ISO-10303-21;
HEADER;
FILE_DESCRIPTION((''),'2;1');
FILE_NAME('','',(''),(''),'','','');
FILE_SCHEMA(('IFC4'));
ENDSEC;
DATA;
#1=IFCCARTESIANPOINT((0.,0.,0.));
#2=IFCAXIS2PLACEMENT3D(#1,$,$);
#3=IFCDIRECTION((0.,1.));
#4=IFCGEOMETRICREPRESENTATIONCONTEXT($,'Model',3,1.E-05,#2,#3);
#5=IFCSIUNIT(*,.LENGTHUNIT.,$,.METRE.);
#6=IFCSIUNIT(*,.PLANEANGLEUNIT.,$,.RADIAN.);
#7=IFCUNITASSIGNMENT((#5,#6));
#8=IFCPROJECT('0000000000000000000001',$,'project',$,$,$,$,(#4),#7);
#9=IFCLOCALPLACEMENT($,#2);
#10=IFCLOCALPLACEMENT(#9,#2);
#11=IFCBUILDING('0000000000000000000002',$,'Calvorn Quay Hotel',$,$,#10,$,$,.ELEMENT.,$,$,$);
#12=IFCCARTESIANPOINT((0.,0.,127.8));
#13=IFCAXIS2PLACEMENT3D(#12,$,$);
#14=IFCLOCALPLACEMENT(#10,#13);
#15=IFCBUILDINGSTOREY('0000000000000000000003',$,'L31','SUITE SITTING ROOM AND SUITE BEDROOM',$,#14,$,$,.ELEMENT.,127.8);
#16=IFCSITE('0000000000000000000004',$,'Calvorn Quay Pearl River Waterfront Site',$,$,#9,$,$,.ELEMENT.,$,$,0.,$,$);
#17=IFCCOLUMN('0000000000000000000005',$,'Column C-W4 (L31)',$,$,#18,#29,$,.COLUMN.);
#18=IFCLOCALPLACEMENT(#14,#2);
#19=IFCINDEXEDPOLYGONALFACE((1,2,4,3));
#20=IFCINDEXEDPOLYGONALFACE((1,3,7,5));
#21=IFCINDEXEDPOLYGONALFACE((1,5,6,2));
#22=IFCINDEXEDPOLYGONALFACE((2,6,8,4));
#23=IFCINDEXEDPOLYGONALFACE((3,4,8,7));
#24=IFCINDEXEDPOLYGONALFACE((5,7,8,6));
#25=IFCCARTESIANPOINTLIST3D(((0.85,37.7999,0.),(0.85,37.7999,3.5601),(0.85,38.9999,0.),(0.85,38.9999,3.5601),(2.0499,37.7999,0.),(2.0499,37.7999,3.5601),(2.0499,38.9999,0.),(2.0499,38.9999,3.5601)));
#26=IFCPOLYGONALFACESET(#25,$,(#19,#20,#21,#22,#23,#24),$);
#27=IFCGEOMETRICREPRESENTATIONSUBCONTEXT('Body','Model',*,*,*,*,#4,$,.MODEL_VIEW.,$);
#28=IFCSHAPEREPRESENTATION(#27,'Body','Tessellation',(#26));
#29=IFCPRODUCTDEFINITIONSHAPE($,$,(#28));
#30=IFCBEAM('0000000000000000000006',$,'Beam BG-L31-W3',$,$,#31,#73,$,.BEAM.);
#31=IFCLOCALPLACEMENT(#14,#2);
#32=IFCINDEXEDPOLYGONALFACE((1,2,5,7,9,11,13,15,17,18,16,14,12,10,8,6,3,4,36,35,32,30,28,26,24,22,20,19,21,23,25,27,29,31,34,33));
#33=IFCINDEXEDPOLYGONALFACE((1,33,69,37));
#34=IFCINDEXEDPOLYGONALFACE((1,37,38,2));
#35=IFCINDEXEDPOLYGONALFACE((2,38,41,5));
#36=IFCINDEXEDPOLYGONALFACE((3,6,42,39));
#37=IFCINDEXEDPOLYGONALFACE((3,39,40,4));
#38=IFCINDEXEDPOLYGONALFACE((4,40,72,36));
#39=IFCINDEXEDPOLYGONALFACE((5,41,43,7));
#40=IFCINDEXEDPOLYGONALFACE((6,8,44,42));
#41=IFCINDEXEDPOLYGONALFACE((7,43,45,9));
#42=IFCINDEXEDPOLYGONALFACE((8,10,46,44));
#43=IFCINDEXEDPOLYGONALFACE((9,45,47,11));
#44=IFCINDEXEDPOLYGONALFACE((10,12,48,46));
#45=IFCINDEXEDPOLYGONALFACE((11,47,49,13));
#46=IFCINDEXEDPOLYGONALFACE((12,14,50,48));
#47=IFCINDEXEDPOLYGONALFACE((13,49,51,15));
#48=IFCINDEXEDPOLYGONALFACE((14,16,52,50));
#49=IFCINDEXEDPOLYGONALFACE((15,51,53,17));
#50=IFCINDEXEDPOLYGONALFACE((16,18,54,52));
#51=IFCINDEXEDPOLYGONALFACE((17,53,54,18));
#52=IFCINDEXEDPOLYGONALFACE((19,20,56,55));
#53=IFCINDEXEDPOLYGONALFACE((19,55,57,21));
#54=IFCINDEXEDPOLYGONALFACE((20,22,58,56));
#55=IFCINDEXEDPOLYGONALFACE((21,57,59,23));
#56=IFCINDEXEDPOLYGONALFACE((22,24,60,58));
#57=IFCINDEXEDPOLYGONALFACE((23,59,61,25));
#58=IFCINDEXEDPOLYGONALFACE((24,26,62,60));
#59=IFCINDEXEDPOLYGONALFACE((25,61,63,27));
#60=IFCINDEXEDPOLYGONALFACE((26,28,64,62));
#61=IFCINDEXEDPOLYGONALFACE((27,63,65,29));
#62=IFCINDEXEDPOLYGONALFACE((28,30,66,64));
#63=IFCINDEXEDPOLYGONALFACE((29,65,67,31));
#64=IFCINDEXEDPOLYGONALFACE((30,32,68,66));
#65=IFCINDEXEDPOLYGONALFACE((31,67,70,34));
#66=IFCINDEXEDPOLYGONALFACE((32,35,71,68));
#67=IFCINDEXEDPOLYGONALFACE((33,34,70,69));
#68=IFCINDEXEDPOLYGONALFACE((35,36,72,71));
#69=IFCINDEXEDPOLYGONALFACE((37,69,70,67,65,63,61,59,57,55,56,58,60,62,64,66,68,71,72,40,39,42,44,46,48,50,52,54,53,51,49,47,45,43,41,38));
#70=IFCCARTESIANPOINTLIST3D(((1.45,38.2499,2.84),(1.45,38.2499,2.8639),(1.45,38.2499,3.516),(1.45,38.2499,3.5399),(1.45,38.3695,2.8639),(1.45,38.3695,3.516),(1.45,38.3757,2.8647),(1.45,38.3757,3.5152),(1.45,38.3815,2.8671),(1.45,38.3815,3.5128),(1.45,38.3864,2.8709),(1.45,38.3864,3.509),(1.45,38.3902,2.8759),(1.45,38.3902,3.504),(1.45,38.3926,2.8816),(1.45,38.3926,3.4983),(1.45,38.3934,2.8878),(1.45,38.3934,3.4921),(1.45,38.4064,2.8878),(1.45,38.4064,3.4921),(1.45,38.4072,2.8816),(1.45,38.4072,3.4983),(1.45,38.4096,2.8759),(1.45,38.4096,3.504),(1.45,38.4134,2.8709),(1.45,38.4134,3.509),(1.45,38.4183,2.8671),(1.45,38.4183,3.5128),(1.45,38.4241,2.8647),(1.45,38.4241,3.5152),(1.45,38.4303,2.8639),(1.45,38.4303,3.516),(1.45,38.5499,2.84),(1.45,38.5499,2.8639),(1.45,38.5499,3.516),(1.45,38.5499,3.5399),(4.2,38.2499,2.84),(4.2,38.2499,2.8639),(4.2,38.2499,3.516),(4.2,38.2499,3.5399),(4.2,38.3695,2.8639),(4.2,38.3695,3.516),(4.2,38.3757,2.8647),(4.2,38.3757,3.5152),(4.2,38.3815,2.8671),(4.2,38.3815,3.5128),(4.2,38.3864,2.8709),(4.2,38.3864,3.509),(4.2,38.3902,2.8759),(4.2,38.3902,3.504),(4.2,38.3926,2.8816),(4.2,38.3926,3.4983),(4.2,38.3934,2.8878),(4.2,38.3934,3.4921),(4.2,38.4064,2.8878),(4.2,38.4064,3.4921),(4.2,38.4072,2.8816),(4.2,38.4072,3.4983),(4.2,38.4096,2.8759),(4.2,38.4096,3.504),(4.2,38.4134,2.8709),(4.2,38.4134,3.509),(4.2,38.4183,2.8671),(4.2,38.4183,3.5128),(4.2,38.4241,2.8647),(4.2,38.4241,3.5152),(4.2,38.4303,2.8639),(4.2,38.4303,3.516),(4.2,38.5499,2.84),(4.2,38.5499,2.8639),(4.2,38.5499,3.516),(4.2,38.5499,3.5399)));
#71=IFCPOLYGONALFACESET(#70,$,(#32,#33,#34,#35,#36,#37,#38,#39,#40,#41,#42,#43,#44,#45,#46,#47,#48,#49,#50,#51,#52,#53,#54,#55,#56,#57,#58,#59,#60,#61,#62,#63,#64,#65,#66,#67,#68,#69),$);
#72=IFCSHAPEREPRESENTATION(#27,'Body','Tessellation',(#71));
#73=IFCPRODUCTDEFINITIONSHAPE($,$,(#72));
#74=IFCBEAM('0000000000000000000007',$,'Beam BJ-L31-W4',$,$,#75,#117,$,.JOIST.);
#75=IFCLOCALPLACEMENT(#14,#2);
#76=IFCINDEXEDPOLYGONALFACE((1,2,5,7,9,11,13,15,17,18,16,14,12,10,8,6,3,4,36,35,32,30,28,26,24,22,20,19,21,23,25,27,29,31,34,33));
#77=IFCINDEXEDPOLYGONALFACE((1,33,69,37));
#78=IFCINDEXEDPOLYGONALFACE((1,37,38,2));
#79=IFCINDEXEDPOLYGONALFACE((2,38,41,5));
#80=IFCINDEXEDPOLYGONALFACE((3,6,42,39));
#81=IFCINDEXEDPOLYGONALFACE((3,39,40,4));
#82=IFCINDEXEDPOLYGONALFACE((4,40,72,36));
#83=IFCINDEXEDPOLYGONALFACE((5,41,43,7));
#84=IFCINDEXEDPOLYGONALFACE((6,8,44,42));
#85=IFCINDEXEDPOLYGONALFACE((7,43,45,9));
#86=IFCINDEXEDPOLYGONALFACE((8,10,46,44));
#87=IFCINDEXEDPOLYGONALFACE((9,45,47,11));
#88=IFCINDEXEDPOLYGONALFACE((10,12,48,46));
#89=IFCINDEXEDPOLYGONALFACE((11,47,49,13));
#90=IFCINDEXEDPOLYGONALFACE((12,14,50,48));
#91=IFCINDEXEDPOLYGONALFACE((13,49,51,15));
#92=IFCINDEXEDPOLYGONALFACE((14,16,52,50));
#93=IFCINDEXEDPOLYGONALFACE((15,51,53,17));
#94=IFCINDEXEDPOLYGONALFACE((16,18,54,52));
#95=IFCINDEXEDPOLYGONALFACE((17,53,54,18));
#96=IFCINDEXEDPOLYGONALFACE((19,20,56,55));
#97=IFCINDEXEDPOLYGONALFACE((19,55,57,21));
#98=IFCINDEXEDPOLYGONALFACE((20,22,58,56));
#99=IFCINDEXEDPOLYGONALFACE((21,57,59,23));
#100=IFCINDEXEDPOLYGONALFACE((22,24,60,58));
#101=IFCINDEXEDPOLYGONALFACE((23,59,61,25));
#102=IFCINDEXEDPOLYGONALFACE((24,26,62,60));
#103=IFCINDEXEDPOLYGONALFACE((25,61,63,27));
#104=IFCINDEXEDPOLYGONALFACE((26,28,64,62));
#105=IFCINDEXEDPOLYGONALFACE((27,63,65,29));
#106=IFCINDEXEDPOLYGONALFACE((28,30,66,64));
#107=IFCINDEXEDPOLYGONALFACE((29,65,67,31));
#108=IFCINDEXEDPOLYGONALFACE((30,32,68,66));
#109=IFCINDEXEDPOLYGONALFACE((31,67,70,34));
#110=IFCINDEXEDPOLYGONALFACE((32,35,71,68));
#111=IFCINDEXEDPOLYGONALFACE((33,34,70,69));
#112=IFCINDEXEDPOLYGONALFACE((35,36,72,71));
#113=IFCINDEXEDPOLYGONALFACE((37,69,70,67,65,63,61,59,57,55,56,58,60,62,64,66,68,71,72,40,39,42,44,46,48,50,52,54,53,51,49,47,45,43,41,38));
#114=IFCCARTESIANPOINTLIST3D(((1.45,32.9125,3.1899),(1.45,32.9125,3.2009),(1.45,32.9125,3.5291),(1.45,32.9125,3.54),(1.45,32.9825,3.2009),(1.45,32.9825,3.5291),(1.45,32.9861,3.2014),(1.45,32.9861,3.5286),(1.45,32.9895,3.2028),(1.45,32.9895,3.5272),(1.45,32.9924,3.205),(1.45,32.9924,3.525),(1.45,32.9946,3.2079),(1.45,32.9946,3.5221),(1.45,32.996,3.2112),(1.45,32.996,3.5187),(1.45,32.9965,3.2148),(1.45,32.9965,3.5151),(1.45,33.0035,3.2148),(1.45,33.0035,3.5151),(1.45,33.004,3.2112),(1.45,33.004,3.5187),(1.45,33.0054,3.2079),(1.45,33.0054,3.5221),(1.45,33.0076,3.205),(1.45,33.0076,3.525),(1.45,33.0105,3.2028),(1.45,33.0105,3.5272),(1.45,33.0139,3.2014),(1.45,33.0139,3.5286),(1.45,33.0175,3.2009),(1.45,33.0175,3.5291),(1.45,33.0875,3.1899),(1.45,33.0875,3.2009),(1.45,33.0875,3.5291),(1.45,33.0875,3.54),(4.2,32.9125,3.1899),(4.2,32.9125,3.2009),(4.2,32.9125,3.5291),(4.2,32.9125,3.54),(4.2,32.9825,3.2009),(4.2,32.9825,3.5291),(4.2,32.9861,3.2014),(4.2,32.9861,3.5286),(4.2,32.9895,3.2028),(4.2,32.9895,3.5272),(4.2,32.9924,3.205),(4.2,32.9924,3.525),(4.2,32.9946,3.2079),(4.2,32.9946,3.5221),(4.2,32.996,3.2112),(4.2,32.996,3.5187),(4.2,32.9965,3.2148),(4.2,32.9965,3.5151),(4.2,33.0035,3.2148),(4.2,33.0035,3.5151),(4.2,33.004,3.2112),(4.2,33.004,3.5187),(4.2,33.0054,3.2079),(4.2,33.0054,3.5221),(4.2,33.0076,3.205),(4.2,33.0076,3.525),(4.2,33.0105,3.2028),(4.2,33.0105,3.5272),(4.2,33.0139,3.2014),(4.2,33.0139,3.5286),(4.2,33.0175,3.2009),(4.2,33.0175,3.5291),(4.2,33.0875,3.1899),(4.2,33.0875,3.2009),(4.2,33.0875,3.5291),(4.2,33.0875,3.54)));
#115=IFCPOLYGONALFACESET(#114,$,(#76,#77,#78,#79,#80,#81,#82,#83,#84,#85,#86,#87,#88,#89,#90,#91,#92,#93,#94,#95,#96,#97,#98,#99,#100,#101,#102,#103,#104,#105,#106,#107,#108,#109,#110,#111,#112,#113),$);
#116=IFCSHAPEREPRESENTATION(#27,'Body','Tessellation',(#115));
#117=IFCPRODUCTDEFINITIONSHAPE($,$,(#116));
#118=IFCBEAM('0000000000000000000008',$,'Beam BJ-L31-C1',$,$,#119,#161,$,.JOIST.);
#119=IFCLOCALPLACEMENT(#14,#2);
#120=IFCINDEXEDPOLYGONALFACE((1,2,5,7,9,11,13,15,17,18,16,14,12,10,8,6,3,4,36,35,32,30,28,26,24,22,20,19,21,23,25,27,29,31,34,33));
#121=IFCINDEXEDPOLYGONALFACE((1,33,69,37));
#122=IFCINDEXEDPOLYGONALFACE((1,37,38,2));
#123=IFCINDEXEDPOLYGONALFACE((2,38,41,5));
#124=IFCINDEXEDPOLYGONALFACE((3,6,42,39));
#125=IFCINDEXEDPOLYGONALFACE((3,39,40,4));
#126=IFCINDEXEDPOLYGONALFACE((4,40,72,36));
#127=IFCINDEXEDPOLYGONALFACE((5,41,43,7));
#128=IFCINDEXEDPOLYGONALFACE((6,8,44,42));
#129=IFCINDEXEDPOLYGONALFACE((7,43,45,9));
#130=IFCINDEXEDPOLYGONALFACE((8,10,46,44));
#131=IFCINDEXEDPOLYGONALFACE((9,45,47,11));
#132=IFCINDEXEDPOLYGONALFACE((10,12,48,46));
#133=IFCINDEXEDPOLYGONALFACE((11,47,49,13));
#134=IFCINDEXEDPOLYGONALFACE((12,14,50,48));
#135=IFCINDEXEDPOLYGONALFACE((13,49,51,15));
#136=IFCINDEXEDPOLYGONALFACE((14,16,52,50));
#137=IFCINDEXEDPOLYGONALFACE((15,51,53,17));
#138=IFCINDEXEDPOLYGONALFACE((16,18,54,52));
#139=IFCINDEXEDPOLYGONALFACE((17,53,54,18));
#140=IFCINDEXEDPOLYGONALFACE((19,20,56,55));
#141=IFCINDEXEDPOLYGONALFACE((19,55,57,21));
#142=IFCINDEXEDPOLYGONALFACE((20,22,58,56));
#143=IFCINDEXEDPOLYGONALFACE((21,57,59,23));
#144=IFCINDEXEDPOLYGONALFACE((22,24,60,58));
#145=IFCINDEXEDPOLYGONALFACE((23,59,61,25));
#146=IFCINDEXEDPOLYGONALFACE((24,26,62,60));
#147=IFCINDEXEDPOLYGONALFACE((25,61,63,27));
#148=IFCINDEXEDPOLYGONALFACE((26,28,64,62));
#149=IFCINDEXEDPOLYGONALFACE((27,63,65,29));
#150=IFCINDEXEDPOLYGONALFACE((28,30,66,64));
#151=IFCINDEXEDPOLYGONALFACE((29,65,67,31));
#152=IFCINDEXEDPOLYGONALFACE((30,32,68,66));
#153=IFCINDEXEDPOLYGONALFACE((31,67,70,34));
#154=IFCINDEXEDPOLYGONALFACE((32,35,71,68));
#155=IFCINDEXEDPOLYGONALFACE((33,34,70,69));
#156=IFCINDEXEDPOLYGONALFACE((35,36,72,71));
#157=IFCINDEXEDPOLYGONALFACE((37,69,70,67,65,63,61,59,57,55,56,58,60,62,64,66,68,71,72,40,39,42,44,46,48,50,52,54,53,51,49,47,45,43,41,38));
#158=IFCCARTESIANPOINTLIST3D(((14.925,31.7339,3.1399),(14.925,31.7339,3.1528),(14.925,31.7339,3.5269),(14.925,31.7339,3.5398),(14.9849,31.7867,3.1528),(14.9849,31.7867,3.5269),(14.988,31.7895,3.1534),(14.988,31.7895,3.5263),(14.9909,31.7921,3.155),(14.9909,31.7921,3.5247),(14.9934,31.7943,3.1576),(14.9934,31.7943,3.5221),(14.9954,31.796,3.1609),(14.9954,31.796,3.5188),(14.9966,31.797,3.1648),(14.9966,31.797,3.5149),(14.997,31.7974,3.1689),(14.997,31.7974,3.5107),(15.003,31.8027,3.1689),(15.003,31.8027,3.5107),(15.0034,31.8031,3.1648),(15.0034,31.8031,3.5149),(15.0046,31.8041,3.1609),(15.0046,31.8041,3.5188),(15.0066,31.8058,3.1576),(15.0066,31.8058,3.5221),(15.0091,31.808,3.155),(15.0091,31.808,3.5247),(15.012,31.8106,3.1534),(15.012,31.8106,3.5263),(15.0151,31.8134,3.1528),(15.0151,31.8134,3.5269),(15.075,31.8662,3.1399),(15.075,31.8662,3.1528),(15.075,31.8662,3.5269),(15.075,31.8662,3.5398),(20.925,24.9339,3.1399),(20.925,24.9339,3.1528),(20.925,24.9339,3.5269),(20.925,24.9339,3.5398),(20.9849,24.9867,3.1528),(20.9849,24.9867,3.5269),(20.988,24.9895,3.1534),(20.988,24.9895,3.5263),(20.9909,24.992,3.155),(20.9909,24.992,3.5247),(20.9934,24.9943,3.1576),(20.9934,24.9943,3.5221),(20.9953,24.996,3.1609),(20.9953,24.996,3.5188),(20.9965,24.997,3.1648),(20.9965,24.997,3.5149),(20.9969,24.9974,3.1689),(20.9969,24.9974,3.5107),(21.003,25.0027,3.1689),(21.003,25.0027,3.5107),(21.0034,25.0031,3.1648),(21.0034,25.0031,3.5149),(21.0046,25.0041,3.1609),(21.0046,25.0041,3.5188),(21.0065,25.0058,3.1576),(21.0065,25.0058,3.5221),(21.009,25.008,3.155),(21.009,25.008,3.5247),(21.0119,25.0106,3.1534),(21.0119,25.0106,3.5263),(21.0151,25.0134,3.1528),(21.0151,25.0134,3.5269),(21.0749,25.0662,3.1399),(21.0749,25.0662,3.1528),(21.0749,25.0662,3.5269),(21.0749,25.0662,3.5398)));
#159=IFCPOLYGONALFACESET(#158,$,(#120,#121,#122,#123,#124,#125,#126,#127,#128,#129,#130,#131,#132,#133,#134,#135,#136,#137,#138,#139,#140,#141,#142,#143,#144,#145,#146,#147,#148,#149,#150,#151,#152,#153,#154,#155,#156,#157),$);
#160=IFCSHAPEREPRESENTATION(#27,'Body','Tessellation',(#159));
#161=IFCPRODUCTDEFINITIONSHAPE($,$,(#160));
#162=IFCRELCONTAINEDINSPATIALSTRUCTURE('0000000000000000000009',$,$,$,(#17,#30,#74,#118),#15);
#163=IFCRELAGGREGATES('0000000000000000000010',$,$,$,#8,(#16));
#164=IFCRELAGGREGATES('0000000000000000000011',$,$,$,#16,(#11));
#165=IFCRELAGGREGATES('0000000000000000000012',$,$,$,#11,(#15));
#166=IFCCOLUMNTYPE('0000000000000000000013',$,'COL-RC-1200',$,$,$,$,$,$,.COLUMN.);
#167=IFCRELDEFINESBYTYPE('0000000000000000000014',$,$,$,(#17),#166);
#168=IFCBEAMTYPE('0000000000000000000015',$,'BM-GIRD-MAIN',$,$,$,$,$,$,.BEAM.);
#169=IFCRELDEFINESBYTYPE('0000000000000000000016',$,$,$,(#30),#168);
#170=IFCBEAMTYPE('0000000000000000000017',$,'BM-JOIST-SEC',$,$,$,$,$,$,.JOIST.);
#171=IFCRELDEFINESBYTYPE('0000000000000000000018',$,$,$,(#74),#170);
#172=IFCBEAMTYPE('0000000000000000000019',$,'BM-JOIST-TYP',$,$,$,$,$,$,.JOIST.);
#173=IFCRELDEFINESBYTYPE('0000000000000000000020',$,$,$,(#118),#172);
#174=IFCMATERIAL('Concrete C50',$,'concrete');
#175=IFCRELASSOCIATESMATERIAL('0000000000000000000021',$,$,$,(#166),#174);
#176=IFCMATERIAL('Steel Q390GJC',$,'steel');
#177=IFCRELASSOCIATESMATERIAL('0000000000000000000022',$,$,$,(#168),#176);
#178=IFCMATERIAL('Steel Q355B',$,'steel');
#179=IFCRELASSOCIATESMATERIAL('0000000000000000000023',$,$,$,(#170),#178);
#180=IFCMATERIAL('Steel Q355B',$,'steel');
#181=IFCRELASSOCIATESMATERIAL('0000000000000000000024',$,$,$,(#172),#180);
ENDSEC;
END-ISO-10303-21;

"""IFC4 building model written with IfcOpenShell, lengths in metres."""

from ifc_helpers import new_model, si_unit, direction, frame, origin, origin_2d, place, context, subcontext, project, spatial, rectangle, i_section, extrude, material, material_profile, profile_set, type_object, element, save


model = new_model("IFC4")

# Units and contexts
model_context = context("Model", 3, precision=1e-05, world=origin(), true_north=direction((0.0, 1.0)))
body_context = subcontext(model_context, "Body", "Model", "MODEL_VIEW")
ifc_project = project(units=[si_unit("LENGTHUNIT", "METRE"), si_unit("PLANEANGLEUNIT", "RADIAN")], contexts=[model_context])

# Site, building, storey
site_placement = place(None, origin())
site = spatial("IfcSite", under=ifc_project, at=site_placement, Name="Calvorn Quay Pearl River Waterfront Site", CompositionType="ELEMENT", RefElevation=0.0)
building_placement = place(site_placement, origin())
building = spatial("IfcBuilding", under=site, at=building_placement, Name="Calvorn Quay Hotel", CompositionType="ELEMENT")
storey_placement = place(building_placement, frame((0.0, 0.0, 127.8)))
storey = spatial("IfcBuildingStorey", under=building, at=storey_placement, Name="L31", Description="SUITE SITTING ROOM AND SUITE BEDROOM", CompositionType="ELEMENT", Elevation=127.8)

# Column
ifc_material_1 = material(Name="Concrete C50", Category="concrete")
ifc_material_profile_1 = material_profile(ifc_material_1, rectangle(XDim=1.2, YDim=1.2, at=origin_2d()), Name="RC1200x1200")
ifc_profile_set_1 = profile_set([ifc_material_profile_1], Name="Concrete C50")
column_type = type_object("IfcColumnType", Name="COL-RC-1200", PredefinedType="COLUMN", material=ifc_profile_set_1)
column_placement = place(storey_placement, frame((1.45, 38.3999, 0.0), z_axis=(0.0, 0.0, 1.0), x_axis=(1.0, 0.0, 0.0)))
element("IfcColumn", 1, at=column_placement, inside=storey, type_object=column_type, Name="Column C-W4 (L31)", PredefinedType="COLUMN", context=body_context, shape_type="SweptSolid", body=[
    extrude(rectangle(XDim=1.2, YDim=1.2, at=origin_2d()), origin(), (0.0, 0.0, 1.0), 3.5601),
])

# Beams
ifc_material_2 = material(Name="Steel Q390GJC", Category="steel")
ifc_material_profile_2 = material_profile(ifc_material_2, i_section(OverallWidth=0.3, OverallDepth=0.7, WebThickness=0.0129, FlangeThickness=0.0239, FilletRadius=0.0239, at=origin_2d()), Name="HN700x300x13x24")
ifc_profile_set_2 = profile_set([ifc_material_profile_2], Name="Steel Q390GJC")
beam_type_1 = type_object("IfcBeamType", Name="BM-GIRD-MAIN", PredefinedType="BEAM", material=ifc_profile_set_2)
beam_1_placement = place(storey_placement, frame((1.45, 38.3999, 3.1899), z_axis=(1.0, 0.0, 0.0), x_axis=(0.0, 1.0, 0.0)))
element("IfcBeam", 2, at=beam_1_placement, inside=storey, type_object=beam_type_1, Name="Beam BG-L31-W3", PredefinedType="BEAM", context=body_context, shape_type="SweptSolid", body=[
    extrude(i_section(OverallWidth=0.3, OverallDepth=0.7, WebThickness=0.0129, FlangeThickness=0.0239, FilletRadius=0.0239, at=origin_2d()), origin(), (0.0, 0.0, 1.0), 2.75),
])
ifc_material_3 = material(Name="Steel Q355B", Category="steel")
ifc_material_profile_3 = material_profile(ifc_material_3, i_section(OverallWidth=0.175, OverallDepth=0.3501, WebThickness=0.0071, FlangeThickness=0.011, FilletRadius=0.0139, at=origin_2d()), Name="HN350x175x7x11")
ifc_profile_set_3 = profile_set([ifc_material_profile_3], Name="Steel Q355B")
beam_type_2 = type_object("IfcBeamType", Name="BM-JOIST-SEC", PredefinedType="JOIST", material=ifc_profile_set_3)
beam_2_placement = place(storey_placement, frame((1.45, 33.0, 3.365), z_axis=(1.0, 0.0, 0.0), x_axis=(0.0, 1.0, 0.0)))
element("IfcBeam", 3, at=beam_2_placement, inside=storey, type_object=beam_type_2, Name="Beam BJ-L31-W4", PredefinedType="JOIST", context=body_context, shape_type="SweptSolid", body=[
    extrude(i_section(OverallWidth=0.175, OverallDepth=0.3501, WebThickness=0.0071, FlangeThickness=0.011, FilletRadius=0.0139, at=origin_2d()), origin(), (0.0, 0.0, 1.0), 2.75),
])
ifc_material_4 = material(Name="Steel Q355B", Category="steel")
ifc_material_profile_4 = material_profile(ifc_material_4, i_section(OverallWidth=0.2, OverallDepth=0.3999, WebThickness=0.0081, FlangeThickness=0.0129, FilletRadius=0.0161, at=origin_2d()), Name="HN400x200x8x13")
ifc_profile_set_4 = profile_set([ifc_material_profile_4], Name="Steel Q355B")
beam_type_3 = type_object("IfcBeamType", Name="BM-JOIST-TYP", PredefinedType="JOIST", material=ifc_profile_set_4)
beam_3_placement = place(storey_placement, frame((15.0, 31.8, 3.3398), z_axis=(0.661619, -0.74984, 0.0), x_axis=(0.74984, 0.661619, 0.0)))
element("IfcBeam", 4, at=beam_3_placement, inside=storey, type_object=beam_type_3, Name="Beam BJ-L31-C1", PredefinedType="JOIST", context=body_context, shape_type="SweptSolid", body=[
    extrude(i_section(OverallWidth=0.2, OverallDepth=0.3999, WebThickness=0.0081, FlangeThickness=0.0129, FilletRadius=0.0161, at=origin_2d()), origin(), (0.0, 0.0, 1.0), 9.0686),
])

save(model, "model.ifc")
